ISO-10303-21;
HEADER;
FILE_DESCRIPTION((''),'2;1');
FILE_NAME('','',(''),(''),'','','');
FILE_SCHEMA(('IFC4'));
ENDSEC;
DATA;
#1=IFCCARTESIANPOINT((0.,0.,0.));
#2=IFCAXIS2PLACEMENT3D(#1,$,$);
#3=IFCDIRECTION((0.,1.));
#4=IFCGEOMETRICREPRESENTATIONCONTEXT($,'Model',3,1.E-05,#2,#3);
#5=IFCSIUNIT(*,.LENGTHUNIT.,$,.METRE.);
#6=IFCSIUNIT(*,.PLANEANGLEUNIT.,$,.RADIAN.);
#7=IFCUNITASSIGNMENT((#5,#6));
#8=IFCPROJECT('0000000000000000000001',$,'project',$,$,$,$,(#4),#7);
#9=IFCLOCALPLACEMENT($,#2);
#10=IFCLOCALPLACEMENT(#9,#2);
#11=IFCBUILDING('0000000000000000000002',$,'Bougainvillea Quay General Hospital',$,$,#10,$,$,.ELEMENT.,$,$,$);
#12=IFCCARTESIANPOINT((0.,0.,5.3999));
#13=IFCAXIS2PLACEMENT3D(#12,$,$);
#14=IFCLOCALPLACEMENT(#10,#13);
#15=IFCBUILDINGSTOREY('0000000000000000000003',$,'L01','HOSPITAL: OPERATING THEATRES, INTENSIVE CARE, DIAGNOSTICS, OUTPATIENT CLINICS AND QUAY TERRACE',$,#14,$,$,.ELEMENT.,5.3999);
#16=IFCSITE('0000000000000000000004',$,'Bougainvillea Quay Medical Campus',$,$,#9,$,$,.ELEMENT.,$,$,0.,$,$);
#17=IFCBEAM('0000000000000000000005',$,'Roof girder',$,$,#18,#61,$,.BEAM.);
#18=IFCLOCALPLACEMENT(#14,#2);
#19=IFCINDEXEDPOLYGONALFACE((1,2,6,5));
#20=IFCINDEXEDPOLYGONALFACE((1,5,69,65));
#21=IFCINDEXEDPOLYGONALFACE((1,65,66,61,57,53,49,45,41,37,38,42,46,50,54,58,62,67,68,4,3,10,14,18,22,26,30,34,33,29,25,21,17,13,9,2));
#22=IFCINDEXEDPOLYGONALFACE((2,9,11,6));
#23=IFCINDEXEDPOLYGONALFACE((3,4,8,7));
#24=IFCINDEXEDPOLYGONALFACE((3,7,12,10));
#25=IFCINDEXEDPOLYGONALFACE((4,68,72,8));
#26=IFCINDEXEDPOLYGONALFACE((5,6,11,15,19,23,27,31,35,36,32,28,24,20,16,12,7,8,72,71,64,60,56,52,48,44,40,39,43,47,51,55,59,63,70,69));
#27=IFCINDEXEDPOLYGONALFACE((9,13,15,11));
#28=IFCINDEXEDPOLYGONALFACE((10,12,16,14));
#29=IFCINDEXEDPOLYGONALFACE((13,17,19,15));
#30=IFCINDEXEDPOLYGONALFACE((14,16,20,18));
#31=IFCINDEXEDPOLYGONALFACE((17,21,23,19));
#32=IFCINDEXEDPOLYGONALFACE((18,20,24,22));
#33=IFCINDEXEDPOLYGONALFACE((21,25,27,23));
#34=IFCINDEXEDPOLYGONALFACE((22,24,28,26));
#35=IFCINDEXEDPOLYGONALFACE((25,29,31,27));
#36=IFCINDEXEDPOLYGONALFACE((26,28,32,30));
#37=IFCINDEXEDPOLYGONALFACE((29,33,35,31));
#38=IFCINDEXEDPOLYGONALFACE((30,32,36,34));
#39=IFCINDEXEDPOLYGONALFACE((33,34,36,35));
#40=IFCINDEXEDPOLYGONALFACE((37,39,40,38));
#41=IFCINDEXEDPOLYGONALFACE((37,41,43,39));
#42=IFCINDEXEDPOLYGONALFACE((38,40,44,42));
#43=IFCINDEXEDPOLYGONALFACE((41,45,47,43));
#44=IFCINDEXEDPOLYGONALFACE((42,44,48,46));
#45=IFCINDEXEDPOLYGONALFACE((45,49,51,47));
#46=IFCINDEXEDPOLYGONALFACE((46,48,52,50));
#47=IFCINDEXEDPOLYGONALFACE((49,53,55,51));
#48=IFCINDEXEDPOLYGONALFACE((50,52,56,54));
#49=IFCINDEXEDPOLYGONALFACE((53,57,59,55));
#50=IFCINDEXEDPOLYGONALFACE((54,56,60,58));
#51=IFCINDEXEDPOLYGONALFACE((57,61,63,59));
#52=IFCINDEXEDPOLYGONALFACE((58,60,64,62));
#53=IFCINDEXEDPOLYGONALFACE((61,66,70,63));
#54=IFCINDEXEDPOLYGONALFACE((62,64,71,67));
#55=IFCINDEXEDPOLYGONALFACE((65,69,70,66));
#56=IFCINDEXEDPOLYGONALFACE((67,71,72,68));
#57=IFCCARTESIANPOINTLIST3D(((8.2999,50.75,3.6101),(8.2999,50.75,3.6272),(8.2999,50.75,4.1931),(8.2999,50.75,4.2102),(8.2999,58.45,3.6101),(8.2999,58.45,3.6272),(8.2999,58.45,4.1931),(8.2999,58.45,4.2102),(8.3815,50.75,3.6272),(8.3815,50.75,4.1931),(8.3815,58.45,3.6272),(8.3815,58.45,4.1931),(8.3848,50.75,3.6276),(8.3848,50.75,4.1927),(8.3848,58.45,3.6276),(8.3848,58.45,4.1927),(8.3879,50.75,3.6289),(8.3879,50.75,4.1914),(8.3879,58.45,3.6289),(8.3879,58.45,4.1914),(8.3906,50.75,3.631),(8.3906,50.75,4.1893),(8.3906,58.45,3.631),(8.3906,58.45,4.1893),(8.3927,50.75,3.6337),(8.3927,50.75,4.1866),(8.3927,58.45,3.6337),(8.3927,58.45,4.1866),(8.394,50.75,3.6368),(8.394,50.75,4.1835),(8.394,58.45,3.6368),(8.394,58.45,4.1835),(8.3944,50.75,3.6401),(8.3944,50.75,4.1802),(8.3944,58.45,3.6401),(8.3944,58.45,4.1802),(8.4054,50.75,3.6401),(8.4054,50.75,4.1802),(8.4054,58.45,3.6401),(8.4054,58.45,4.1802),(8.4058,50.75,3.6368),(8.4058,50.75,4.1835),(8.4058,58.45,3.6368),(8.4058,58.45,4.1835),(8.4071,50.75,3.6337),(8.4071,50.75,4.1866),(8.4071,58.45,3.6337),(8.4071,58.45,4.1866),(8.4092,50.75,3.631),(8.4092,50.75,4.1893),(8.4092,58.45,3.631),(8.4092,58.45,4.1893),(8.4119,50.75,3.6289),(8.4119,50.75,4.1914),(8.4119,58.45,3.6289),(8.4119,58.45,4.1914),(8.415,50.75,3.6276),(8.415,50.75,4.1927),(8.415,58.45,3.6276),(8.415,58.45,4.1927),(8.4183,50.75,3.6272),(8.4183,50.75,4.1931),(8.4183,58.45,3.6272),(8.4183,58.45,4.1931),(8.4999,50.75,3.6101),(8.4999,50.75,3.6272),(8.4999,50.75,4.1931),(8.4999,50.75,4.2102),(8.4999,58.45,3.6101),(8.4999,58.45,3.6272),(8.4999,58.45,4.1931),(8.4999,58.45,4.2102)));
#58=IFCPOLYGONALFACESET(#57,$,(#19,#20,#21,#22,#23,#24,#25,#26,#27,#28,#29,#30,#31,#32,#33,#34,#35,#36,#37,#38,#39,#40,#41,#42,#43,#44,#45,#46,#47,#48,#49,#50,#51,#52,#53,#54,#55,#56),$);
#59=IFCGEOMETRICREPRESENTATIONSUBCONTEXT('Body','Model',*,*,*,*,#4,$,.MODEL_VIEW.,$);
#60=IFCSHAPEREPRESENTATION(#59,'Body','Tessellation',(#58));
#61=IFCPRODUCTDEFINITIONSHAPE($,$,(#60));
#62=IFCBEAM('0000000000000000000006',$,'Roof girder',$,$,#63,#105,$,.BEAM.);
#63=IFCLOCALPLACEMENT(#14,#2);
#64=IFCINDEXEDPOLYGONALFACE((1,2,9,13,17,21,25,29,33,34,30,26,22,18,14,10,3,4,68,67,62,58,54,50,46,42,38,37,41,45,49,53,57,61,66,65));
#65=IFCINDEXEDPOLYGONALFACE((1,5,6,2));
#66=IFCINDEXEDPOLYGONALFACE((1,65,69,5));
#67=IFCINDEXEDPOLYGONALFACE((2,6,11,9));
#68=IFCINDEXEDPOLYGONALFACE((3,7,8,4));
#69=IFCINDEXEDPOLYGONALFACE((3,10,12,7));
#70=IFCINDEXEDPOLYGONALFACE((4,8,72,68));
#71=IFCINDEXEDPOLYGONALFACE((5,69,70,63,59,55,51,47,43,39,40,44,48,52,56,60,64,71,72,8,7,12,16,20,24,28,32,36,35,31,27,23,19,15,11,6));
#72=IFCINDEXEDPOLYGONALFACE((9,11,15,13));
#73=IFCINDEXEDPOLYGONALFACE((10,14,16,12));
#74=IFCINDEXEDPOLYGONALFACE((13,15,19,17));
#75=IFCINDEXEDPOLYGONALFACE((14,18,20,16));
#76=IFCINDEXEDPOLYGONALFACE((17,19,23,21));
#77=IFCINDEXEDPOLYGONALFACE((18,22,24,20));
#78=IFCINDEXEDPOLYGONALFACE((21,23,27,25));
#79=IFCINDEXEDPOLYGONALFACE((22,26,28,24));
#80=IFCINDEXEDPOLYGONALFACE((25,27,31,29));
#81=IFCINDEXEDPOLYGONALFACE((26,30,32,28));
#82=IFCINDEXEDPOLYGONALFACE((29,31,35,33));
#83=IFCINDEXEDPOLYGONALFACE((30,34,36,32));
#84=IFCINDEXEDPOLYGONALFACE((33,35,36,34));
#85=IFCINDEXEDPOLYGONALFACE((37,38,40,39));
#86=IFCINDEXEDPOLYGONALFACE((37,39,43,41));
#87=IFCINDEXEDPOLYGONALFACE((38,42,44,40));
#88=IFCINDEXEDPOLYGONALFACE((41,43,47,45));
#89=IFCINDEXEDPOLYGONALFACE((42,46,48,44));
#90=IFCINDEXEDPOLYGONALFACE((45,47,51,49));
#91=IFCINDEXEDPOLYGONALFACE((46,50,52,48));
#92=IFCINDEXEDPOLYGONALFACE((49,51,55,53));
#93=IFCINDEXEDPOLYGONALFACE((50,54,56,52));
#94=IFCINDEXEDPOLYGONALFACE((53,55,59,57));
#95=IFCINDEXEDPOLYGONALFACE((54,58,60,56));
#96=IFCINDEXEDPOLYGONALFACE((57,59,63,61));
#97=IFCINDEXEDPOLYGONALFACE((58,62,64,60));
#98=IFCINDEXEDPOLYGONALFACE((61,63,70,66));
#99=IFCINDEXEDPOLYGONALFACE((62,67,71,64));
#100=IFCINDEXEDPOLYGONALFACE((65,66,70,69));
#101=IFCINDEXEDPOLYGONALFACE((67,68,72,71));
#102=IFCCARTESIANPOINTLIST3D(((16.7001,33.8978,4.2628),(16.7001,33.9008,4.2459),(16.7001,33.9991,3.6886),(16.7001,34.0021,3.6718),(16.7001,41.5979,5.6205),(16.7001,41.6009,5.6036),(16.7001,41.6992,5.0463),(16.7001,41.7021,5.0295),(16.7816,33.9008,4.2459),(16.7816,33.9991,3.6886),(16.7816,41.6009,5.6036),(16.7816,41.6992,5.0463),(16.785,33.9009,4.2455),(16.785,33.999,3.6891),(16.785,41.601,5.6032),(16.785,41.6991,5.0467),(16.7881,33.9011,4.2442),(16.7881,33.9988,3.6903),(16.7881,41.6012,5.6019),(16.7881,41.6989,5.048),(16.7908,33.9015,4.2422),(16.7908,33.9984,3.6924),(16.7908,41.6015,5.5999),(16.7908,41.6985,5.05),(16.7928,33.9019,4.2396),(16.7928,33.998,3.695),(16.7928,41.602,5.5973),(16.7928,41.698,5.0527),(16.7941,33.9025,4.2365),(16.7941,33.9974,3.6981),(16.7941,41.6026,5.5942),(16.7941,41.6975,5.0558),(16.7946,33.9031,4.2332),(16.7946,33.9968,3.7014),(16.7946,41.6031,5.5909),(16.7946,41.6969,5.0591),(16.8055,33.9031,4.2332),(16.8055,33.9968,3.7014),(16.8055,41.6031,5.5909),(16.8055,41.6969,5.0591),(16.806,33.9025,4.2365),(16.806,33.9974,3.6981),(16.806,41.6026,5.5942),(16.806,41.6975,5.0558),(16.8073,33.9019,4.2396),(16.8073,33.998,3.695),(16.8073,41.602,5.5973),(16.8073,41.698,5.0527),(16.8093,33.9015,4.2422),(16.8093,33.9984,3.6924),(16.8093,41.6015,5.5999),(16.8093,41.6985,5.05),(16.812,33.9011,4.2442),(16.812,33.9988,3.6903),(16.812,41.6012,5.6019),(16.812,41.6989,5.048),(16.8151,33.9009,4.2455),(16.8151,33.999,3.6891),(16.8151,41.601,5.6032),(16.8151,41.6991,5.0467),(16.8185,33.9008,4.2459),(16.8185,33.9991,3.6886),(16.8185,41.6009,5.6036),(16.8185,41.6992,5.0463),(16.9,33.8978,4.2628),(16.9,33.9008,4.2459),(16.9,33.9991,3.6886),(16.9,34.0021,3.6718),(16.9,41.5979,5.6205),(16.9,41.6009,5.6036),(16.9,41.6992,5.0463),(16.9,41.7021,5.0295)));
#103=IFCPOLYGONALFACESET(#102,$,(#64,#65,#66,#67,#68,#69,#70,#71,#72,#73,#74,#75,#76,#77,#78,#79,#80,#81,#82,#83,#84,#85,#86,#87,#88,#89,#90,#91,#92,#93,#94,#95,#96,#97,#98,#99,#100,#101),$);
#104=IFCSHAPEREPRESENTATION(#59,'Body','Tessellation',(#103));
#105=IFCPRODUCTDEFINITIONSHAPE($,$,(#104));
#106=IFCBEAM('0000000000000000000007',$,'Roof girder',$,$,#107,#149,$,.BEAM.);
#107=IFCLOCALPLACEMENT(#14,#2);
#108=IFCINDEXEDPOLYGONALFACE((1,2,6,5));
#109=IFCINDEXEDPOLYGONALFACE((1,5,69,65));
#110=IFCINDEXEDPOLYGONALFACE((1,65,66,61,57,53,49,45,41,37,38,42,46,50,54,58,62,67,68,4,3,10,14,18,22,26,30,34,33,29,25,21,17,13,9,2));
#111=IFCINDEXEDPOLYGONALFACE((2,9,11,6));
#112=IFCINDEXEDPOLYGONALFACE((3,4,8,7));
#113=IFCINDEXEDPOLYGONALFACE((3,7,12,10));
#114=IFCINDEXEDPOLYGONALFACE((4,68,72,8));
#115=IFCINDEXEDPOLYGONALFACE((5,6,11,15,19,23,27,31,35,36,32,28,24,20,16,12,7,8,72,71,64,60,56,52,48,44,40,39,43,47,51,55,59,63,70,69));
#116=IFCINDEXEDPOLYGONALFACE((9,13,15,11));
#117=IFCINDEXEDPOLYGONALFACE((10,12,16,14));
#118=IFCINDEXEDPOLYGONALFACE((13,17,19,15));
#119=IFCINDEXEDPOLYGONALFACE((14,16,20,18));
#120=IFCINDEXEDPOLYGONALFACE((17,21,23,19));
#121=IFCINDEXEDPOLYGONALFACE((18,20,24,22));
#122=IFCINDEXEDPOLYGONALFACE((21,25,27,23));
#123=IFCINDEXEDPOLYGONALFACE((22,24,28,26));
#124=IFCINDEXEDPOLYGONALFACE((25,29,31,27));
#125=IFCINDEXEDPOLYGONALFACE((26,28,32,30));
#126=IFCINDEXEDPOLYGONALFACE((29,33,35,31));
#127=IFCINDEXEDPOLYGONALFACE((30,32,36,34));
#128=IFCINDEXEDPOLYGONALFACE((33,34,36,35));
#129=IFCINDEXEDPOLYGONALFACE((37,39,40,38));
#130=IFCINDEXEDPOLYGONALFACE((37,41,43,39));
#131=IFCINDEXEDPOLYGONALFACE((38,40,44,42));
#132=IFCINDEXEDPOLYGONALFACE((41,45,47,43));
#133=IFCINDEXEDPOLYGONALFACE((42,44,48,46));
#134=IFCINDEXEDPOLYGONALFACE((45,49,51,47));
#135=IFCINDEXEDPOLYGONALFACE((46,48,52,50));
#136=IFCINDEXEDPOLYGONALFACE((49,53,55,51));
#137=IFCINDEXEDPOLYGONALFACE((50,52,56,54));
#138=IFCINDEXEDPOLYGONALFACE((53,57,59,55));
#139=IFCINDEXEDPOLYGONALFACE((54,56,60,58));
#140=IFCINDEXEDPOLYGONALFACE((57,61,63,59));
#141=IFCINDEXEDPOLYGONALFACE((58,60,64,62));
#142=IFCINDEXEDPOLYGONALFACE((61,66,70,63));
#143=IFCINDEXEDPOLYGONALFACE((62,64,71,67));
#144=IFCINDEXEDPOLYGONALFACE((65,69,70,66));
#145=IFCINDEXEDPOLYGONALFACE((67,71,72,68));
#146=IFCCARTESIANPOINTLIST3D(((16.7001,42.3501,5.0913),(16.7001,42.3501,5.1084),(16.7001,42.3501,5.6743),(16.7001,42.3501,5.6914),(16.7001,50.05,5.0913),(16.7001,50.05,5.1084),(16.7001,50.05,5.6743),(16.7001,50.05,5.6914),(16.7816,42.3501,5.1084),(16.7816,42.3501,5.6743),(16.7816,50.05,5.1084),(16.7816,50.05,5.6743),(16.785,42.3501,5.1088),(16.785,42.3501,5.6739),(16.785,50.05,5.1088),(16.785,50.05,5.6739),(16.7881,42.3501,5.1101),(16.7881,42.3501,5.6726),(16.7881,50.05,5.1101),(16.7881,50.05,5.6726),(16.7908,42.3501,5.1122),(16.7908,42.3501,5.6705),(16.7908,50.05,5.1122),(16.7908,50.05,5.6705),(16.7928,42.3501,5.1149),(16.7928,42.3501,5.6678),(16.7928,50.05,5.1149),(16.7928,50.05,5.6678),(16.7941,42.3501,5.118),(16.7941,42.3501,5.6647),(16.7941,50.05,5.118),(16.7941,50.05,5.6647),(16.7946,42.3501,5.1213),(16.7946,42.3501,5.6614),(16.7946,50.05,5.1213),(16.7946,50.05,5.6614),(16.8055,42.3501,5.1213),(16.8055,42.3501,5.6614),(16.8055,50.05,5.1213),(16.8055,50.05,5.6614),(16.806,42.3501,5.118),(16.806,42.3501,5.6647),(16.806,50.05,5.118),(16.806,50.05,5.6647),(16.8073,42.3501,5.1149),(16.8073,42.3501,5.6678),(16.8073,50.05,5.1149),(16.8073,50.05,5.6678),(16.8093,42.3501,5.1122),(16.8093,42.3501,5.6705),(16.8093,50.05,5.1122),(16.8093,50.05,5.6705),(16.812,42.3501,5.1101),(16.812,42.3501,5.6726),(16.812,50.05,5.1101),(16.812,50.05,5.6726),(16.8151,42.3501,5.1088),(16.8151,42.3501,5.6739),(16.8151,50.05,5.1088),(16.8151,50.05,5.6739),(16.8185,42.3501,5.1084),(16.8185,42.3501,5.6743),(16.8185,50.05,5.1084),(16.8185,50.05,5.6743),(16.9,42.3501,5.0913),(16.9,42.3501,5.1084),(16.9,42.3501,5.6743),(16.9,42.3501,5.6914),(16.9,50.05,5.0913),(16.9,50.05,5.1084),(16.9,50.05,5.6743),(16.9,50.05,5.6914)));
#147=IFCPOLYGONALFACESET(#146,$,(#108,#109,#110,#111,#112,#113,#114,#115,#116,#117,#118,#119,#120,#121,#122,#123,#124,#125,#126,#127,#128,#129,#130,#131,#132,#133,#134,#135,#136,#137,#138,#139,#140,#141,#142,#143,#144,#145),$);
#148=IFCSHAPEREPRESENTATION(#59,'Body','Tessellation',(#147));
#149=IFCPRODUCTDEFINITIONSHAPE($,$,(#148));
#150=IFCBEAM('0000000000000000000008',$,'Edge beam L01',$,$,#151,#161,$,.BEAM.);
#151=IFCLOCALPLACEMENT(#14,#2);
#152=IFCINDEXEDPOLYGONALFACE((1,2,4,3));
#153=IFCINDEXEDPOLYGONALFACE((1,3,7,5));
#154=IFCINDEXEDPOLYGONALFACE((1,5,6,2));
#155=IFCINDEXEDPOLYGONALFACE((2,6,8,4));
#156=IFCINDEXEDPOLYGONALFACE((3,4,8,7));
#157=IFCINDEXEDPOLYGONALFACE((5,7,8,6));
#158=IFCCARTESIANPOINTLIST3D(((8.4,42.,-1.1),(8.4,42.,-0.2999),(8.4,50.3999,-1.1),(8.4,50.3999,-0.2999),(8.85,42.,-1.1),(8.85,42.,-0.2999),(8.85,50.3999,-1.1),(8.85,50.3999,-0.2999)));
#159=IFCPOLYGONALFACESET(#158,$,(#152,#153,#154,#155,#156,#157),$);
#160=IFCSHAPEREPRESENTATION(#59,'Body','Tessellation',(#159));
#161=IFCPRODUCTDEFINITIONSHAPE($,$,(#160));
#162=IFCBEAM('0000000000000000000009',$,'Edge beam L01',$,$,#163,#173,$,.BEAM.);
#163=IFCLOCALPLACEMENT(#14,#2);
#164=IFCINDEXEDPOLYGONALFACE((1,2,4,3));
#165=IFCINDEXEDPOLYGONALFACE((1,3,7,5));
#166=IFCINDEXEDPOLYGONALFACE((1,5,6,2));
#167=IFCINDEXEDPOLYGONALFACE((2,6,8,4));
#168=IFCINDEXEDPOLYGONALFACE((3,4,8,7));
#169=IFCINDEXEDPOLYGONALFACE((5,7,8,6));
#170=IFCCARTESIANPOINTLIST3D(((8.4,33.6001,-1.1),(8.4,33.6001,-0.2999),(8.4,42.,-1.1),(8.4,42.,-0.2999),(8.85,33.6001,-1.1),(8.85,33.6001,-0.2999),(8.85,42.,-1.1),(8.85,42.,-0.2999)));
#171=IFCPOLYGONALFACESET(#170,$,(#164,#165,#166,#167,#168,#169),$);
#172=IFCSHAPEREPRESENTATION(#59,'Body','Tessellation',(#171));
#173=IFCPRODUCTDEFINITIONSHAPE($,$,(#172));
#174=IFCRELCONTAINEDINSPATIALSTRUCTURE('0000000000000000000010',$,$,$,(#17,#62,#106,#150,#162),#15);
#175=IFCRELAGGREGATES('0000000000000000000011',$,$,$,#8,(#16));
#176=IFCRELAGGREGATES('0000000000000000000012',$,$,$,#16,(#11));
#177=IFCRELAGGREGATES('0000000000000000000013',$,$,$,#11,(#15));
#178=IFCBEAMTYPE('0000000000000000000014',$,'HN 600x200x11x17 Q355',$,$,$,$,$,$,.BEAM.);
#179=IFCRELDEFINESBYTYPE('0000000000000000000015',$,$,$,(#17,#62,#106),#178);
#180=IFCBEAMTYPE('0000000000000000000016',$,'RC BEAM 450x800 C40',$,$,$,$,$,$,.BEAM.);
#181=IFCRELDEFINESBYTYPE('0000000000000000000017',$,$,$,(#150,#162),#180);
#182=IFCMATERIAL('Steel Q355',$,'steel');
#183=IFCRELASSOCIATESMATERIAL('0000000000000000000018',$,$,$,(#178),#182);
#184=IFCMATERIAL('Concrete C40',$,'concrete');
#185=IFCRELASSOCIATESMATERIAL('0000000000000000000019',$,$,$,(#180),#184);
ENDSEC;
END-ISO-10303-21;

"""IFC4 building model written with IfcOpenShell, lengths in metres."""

from ifc_helpers import new_model, si_unit, direction, frame, origin, origin_2d, place, context, subcontext, project, spatial, rectangle, i_section, extrude, material, material_profile, profile_set, type_object, element, save


model = new_model("IFC4")

# Units and contexts
model_context = context("Model", 3, precision=1e-05, world=origin(), true_north=direction((0.0, 1.0)))
body_context = subcontext(model_context, "Body", "Model", "MODEL_VIEW")
ifc_project = project(units=[si_unit("LENGTHUNIT", "METRE"), si_unit("PLANEANGLEUNIT", "RADIAN")], contexts=[model_context])

# Site, building, storey
site_placement = place(None, origin())
site = spatial("IfcSite", under=ifc_project, at=site_placement, Name="Bougainvillea Quay Medical Campus", CompositionType="ELEMENT", RefElevation=0.0)
building_placement = place(site_placement, origin())
building = spatial("IfcBuilding", under=site, at=building_placement, Name="Bougainvillea Quay General Hospital", CompositionType="ELEMENT")
storey_placement = place(building_placement, frame((0.0, 0.0, 5.3999)))
storey = spatial("IfcBuildingStorey", under=building, at=storey_placement, Name="L01", Description="HOSPITAL: OPERATING THEATRES, INTENSIVE CARE, DIAGNOSTICS, OUTPATIENT CLINICS AND QUAY TERRACE", CompositionType="ELEMENT", Elevation=5.3999)

# Beams
ifc_material_1 = material(Name="Steel Q355", Category="steel")
ifc_material_profile_1 = material_profile(ifc_material_1, i_section(OverallWidth=0.2, OverallDepth=0.6001, WebThickness=0.011, FlangeThickness=0.0171, FilletRadius=0.0129, at=origin_2d()))
ifc_profile_set_1 = profile_set([ifc_material_profile_1], Name="Steel Q355")
beam_type_1 = type_object("IfcBeamType", Name="HN 600x200x11x17 Q355", PredefinedType="BEAM", material=ifc_profile_set_1)
for number, where, z_axis, x_axis, name in (
    (1, (8.3999, 50.75, 3.9102), (0.0, 1.0, 0.0), (-1.0, 0.0, 0.0), "Roof girder"),
):
    element("IfcBeam", number, at=place(storey_placement, frame(where, z_axis=z_axis, x_axis=x_axis)), inside=storey, type_object=beam_type_1, Name=name, PredefinedType="BEAM", context=body_context, shape_type="SweptSolid", body=[
        extrude(i_section(OverallWidth=0.2, OverallDepth=0.6001, WebThickness=0.011, FlangeThickness=0.0171, FilletRadius=0.0129, at=origin_2d()), origin(), (0.0, 0.0, 1.0), 7.7),
    ])
beam_1_placement = place(storey_placement, frame((16.8, 33.95, 3.9673), z_axis=(0.0, 0.984809, 0.173643), x_axis=(-1.0, 0.0, 0.0)))
element("IfcBeam", 2, at=beam_1_placement, inside=storey, type_object=beam_type_1, Name="Roof girder", PredefinedType="BEAM", context=body_context, shape_type="SweptSolid", body=[
    extrude(i_section(OverallWidth=0.2, OverallDepth=0.6001, WebThickness=0.011, FlangeThickness=0.0171, FilletRadius=0.0129, at=origin_2d()), origin(), (0.0, 0.0, 1.0), 7.8188),
])
beam_2_placement = place(storey_placement, frame((16.8, 42.3501, 5.3914), z_axis=(0.0, 1.0, 0.0), x_axis=(-1.0, 0.0, 0.0)))
element("IfcBeam", 3, at=beam_2_placement, inside=storey, type_object=beam_type_1, Name="Roof girder", PredefinedType="BEAM", context=body_context, shape_type="SweptSolid", body=[
    extrude(i_section(OverallWidth=0.2, OverallDepth=0.6001, WebThickness=0.011, FlangeThickness=0.0171, FilletRadius=0.0129, at=origin_2d()), origin(), (0.0, 0.0, 1.0), 7.7),
])
ifc_material_2 = material(Name="Concrete C40", Category="concrete")
ifc_material_profile_2 = material_profile(ifc_material_2, rectangle(XDim=0.45, YDim=0.8, at=origin_2d()))
ifc_profile_set_2 = profile_set([ifc_material_profile_2], Name="Concrete C40")
beam_type_2 = type_object("IfcBeamType", Name="RC BEAM 450x800 C40", PredefinedType="BEAM", material=ifc_profile_set_2)
for number, where, z_axis, x_axis, name in (
    (4, (8.625, 50.3999, -0.7), (0.0, -1.0, 0.0), (1.0, 0.0, 0.0), "Edge beam L01"),
    (5, (8.625, 42.0, -0.7), (0.0, -1.0, 0.0), (1.0, 0.0, 0.0), "Edge beam L01"),
):
    element("IfcBeam", number, at=place(storey_placement, frame(where, z_axis=z_axis, x_axis=x_axis)), inside=storey, type_object=beam_type_2, Name=name, PredefinedType="BEAM", context=body_context, shape_type="SweptSolid", body=[
        extrude(rectangle(XDim=0.45, YDim=0.8, at=origin_2d()), origin(), (0.0, 0.0, 1.0), 8.3999),
    ])

save(model, "model.ifc")
